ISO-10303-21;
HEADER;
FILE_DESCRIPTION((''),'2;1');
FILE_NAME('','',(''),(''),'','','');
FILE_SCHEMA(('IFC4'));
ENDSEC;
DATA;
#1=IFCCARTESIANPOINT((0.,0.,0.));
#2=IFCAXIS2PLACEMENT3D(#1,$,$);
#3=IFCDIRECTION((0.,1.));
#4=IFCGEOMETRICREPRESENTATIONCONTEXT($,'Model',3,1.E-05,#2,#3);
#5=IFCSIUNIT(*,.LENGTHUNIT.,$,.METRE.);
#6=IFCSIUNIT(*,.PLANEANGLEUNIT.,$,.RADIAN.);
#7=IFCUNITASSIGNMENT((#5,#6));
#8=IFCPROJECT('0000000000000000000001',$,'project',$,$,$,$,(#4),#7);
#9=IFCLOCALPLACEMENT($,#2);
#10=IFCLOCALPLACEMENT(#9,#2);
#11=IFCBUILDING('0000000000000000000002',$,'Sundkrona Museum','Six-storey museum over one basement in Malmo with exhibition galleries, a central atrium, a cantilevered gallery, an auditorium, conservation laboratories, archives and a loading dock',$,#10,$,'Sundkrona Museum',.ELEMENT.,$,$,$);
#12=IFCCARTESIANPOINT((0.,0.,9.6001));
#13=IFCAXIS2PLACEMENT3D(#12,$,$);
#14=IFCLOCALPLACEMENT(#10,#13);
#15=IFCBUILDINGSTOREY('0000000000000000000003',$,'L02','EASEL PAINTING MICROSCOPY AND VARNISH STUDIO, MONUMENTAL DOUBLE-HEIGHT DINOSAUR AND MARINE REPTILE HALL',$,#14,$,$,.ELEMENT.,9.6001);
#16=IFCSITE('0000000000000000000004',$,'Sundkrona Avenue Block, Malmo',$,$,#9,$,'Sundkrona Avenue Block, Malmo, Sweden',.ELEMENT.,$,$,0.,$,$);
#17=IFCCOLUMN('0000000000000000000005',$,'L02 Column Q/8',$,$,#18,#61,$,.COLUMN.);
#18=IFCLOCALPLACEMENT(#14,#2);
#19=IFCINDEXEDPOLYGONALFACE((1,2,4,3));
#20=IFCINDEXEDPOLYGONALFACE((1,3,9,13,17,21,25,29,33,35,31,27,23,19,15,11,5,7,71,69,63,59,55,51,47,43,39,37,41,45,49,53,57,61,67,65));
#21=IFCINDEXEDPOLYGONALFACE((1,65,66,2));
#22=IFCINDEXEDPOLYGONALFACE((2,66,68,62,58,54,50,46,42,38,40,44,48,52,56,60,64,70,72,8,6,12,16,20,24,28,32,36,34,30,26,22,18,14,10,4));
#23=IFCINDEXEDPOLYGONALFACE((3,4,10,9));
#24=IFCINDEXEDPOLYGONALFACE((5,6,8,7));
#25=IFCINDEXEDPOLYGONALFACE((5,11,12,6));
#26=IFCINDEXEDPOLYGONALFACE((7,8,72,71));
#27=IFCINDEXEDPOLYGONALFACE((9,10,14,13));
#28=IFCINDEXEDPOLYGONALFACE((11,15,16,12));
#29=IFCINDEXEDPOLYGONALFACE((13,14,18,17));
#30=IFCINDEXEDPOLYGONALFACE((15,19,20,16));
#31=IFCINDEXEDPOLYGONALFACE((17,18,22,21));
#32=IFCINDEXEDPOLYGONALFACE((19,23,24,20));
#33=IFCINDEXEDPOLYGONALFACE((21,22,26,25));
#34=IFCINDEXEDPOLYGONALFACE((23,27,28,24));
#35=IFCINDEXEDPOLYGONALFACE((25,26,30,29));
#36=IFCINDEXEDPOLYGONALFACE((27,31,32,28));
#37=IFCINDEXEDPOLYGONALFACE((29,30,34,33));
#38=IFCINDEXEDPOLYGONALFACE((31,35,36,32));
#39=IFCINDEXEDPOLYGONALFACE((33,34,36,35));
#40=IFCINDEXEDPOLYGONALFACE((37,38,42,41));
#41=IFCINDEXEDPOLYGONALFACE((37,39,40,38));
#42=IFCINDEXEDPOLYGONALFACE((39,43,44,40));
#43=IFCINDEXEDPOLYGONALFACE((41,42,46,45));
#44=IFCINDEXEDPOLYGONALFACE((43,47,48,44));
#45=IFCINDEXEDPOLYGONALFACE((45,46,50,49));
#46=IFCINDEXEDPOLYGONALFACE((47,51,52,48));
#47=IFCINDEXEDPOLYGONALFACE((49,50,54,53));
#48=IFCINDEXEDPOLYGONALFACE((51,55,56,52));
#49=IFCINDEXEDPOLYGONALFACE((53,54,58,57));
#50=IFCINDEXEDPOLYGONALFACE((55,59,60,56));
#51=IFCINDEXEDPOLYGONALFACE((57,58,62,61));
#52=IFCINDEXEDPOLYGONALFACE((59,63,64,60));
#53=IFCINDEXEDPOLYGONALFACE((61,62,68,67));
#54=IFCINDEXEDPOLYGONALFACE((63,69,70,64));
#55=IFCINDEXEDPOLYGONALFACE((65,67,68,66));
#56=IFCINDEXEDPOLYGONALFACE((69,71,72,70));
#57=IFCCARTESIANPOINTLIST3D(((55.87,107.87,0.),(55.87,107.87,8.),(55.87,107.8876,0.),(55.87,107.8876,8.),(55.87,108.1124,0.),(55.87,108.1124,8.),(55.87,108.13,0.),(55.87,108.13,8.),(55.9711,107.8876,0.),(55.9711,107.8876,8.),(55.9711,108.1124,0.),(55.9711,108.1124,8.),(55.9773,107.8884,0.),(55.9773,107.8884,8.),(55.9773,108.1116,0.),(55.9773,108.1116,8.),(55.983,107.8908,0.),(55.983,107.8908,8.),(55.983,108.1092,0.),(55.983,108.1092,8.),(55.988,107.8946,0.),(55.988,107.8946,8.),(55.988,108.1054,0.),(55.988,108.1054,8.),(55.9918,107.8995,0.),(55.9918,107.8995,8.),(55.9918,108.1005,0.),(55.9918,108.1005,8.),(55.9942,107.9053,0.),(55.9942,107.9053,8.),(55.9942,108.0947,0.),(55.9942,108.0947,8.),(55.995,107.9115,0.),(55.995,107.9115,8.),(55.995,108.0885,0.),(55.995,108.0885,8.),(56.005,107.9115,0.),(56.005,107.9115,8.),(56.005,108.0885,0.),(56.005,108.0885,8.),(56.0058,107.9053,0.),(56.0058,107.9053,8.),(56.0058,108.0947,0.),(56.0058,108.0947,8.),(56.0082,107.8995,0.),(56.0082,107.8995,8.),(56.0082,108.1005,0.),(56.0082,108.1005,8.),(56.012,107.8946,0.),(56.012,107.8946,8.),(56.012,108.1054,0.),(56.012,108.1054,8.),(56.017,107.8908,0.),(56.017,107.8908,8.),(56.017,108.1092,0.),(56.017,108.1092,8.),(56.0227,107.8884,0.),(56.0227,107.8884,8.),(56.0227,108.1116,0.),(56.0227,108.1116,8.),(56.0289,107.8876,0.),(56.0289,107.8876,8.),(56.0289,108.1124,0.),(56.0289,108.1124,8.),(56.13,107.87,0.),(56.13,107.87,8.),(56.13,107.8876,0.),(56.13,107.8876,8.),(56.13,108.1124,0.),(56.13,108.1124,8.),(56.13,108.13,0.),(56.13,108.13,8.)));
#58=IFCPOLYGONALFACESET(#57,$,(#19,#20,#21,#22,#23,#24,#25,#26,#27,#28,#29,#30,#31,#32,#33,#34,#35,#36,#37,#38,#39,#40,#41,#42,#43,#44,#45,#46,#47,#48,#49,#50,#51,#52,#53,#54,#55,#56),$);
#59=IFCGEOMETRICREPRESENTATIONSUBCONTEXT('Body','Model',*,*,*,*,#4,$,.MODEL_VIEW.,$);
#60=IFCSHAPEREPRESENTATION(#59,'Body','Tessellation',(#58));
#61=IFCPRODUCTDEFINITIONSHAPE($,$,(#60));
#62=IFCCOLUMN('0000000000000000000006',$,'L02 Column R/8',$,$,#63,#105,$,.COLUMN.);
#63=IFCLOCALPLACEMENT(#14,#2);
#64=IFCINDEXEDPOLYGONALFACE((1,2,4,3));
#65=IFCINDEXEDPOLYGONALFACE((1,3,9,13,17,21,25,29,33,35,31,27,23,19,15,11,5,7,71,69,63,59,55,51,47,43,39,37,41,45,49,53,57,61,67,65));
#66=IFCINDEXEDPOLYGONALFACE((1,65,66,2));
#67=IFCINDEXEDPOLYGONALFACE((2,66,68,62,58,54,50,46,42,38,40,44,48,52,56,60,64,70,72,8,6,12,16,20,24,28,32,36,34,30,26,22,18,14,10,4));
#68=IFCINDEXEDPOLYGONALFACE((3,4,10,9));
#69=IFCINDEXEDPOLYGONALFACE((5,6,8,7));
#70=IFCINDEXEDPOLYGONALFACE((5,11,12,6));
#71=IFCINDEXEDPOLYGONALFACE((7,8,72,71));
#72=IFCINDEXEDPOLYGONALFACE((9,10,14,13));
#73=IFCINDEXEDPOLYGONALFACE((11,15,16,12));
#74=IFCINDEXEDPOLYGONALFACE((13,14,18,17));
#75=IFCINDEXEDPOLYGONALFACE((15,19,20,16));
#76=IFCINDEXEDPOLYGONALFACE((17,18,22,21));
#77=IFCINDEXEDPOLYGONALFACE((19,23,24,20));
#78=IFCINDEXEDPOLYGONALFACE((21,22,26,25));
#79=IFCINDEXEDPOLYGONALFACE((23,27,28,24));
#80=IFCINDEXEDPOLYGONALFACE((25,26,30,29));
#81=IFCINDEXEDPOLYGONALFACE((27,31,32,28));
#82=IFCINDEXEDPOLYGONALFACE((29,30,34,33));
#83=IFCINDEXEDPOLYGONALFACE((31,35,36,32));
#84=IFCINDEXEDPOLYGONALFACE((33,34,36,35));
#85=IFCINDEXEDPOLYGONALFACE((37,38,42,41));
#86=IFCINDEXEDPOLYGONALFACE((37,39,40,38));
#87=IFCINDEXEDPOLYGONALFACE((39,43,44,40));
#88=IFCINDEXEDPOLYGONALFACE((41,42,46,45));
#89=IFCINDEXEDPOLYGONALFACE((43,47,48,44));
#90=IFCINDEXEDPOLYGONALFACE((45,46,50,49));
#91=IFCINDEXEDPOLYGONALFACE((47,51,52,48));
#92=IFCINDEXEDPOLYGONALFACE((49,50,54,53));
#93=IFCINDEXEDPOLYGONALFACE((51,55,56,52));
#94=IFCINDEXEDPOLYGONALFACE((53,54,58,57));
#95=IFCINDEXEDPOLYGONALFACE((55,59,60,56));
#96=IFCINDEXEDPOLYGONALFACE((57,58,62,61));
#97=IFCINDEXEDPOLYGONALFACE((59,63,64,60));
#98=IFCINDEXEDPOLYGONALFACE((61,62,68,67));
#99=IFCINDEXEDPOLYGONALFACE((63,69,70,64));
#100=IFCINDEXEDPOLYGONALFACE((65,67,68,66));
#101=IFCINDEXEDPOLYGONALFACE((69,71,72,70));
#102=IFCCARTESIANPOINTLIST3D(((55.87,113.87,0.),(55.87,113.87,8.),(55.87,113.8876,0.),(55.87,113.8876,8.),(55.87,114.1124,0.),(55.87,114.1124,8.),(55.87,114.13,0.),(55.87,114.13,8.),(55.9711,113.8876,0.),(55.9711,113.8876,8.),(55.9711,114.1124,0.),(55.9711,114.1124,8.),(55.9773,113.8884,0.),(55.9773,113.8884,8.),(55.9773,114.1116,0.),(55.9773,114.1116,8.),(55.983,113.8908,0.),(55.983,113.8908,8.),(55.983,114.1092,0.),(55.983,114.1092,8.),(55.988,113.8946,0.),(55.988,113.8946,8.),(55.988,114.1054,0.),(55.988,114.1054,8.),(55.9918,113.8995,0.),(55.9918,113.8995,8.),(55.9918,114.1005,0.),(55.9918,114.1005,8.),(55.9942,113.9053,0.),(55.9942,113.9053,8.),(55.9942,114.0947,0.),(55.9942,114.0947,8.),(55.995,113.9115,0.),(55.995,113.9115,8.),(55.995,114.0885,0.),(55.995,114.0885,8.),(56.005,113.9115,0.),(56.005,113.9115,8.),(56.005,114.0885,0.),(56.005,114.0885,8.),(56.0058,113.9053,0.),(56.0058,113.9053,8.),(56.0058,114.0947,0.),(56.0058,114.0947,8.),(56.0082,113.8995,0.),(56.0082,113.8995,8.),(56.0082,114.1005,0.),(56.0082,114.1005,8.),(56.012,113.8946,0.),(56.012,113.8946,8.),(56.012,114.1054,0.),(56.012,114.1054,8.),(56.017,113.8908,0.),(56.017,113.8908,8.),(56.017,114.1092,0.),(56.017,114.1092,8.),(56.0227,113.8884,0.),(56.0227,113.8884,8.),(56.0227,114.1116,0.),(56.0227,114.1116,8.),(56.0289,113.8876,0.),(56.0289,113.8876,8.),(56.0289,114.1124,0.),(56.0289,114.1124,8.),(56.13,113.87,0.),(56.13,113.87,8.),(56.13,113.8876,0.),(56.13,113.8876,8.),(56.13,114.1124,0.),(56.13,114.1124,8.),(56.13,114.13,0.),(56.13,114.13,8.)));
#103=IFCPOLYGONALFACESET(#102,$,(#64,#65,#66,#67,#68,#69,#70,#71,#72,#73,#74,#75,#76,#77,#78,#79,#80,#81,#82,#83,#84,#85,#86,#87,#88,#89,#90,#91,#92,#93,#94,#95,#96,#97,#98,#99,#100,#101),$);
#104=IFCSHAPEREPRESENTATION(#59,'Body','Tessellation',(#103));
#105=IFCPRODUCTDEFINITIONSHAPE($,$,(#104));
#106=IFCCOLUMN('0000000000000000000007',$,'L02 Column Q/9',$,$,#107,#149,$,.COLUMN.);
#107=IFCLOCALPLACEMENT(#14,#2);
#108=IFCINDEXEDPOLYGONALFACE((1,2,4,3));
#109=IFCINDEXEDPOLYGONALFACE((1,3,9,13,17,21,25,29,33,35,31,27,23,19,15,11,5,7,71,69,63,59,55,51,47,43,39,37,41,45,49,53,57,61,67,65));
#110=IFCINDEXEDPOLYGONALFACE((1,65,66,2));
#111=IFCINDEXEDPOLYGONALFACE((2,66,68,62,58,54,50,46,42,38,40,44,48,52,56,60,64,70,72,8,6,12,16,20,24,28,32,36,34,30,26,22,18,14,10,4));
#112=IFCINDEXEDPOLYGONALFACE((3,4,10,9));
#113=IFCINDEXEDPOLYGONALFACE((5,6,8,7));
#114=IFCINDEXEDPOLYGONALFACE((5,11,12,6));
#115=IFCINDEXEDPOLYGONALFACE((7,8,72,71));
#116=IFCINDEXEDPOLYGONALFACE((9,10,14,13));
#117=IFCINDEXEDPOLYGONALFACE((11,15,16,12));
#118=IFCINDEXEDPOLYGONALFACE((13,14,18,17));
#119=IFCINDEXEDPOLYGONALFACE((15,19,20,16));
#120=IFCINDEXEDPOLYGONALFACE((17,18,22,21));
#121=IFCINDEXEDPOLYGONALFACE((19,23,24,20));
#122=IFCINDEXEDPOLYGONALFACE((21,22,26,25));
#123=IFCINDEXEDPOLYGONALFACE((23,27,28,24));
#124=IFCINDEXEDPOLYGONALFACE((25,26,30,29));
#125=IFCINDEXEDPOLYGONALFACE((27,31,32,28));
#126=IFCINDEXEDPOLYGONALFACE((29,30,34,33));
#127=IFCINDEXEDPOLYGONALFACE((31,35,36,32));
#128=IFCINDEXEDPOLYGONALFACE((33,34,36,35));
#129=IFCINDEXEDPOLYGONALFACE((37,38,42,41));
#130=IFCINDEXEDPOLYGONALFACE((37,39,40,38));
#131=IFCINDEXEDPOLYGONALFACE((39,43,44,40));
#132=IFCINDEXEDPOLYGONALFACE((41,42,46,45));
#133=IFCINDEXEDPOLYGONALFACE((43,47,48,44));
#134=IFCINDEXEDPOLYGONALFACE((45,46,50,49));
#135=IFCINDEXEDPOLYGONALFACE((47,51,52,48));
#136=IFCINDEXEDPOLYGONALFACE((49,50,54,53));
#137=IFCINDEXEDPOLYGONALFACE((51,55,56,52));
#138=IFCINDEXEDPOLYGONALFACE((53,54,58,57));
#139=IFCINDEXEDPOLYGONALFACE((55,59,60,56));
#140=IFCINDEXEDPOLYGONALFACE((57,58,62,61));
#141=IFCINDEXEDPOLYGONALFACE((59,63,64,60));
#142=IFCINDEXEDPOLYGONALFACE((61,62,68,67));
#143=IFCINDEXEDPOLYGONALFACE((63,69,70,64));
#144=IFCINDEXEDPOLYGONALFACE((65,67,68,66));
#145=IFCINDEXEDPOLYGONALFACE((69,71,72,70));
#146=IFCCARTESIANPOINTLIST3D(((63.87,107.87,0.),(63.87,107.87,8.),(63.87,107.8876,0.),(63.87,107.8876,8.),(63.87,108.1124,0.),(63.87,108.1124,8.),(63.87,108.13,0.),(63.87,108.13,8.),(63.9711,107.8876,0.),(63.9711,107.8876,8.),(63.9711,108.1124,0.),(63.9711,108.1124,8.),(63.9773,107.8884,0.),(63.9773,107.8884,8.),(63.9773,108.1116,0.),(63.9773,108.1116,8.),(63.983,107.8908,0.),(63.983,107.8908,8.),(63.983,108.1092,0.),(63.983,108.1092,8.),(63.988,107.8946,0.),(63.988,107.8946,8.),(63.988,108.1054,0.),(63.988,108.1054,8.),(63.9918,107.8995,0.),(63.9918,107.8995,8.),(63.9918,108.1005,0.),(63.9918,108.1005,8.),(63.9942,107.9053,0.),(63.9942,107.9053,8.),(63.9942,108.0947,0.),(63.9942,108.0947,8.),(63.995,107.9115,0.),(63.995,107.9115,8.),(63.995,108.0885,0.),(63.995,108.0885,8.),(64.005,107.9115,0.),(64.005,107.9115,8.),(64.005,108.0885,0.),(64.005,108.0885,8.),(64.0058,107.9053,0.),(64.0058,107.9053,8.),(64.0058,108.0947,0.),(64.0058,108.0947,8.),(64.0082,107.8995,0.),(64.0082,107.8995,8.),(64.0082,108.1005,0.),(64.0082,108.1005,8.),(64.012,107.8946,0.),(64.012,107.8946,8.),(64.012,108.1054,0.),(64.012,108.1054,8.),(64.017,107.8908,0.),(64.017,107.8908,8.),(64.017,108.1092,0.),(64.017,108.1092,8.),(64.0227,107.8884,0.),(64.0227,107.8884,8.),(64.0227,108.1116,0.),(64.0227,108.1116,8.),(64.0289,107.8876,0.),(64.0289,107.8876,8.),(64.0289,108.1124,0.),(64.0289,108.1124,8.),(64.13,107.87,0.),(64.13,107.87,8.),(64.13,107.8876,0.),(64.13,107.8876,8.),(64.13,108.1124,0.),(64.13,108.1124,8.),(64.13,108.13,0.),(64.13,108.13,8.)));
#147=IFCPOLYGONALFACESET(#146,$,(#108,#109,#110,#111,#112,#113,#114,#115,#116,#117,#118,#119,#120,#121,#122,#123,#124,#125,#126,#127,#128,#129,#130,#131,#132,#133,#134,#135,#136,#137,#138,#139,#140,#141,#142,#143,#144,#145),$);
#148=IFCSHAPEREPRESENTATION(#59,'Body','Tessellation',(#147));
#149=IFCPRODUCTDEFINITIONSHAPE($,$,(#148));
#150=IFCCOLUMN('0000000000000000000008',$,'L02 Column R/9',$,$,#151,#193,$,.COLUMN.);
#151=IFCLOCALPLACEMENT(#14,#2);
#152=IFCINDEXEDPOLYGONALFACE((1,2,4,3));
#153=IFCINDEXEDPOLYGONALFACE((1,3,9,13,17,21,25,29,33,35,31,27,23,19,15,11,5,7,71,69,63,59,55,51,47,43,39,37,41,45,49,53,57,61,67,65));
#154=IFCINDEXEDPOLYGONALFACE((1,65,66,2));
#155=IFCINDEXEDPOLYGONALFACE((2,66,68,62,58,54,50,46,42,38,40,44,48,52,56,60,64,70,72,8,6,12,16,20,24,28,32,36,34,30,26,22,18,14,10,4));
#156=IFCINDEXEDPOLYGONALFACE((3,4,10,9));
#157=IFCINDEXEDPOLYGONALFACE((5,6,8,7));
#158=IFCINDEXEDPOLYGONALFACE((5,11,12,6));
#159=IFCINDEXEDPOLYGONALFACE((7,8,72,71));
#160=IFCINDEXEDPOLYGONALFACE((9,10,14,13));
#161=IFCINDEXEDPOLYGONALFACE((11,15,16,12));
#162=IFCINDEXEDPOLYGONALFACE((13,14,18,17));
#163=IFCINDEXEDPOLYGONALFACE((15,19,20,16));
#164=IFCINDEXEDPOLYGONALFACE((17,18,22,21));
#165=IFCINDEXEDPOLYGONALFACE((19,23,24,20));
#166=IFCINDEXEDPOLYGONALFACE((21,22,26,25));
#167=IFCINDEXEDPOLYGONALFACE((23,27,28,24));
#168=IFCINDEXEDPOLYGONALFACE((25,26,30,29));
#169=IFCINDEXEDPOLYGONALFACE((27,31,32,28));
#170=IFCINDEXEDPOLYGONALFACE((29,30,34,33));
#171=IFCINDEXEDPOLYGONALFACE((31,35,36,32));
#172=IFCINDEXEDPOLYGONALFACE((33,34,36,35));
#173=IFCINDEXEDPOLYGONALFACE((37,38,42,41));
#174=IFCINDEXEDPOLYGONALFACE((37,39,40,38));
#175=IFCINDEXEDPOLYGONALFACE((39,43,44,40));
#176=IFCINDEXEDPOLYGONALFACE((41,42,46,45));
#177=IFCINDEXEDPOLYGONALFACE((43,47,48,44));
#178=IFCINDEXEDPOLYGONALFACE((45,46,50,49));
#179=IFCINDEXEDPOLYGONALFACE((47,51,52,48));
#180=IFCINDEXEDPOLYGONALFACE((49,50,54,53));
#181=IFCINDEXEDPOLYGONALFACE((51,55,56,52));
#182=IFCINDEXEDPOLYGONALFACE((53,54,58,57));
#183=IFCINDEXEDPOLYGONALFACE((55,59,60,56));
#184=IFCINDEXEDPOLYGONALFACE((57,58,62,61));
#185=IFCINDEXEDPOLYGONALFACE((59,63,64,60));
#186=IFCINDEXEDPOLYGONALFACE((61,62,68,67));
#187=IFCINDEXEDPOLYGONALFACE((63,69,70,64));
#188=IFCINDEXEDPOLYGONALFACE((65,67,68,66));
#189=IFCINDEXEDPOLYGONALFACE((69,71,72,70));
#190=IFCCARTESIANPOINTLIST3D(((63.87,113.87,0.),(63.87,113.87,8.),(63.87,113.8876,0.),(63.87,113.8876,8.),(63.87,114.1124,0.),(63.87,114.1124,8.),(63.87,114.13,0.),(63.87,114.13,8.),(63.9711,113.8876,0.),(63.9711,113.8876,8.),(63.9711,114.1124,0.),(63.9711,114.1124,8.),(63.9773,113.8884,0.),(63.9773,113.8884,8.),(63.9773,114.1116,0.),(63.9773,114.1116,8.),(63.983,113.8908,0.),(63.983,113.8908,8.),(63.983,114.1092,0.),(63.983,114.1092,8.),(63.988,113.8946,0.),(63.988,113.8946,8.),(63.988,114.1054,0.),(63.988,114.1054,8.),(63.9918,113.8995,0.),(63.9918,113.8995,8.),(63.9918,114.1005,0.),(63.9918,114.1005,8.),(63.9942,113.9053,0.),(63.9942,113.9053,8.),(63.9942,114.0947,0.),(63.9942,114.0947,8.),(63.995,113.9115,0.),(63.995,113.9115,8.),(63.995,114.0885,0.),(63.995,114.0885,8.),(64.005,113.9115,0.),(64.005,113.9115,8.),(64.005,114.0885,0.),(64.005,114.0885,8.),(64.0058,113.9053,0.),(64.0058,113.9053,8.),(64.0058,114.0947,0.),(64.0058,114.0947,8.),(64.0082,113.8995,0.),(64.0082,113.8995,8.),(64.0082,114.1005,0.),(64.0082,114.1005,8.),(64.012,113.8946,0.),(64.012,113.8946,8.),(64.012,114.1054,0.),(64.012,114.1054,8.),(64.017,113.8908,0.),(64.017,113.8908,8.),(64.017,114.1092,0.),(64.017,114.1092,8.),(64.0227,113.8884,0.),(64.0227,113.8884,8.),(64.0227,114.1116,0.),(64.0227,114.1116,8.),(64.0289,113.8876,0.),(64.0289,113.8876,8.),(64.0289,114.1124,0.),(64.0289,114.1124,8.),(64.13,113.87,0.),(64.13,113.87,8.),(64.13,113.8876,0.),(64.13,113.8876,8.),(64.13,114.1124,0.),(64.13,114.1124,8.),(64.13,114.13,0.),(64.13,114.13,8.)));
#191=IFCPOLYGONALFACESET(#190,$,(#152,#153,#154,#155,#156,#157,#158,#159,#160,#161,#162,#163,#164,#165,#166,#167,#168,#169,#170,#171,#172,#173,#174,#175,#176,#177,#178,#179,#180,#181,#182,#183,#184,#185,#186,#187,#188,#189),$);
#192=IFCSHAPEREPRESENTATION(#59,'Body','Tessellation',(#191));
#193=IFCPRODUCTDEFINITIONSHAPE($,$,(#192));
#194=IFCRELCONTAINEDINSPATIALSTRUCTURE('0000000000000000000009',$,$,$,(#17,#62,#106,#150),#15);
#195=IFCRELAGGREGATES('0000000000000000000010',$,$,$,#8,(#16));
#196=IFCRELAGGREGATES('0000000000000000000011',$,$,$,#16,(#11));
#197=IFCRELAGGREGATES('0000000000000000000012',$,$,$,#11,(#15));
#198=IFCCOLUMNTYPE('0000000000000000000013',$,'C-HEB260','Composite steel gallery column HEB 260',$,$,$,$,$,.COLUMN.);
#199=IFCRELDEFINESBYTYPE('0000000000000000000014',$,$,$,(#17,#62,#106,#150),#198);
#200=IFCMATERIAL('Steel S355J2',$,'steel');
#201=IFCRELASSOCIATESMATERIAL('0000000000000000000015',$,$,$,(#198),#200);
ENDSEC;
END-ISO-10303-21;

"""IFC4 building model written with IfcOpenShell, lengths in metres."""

from ifc_helpers import new_model, si_unit, direction, frame, origin, origin_2d, place, context, subcontext, project, spatial, i_section, extrude, material, material_profile, profile_set, type_object, element, save


model = new_model("IFC4")

# Units and contexts
model_context = context("Model", 3, precision=1e-05, world=origin(), true_north=direction((0.0, 1.0)))
body_context = subcontext(model_context, "Body", "Model", "MODEL_VIEW")
ifc_project = project(units=[si_unit("LENGTHUNIT", "METRE"), si_unit("PLANEANGLEUNIT", "RADIAN")], contexts=[model_context])

# Site, building, storey
site_placement = place(None, origin())
site = spatial("IfcSite", under=ifc_project, at=site_placement, Name="Sundkrona Avenue Block, Malmo", LongName="Sundkrona Avenue Block, Malmo, Sweden", CompositionType="ELEMENT", RefElevation=0.0)
building_placement = place(site_placement, origin())
building = spatial("IfcBuilding", under=site, at=building_placement, Name="Sundkrona Museum", Description="Six-storey museum over one basement in Malmo with exhibition galleries, a central atrium, a cantilevered gallery, an auditorium, conservation laboratories, archives and a loading dock", LongName="Sundkrona Museum", CompositionType="ELEMENT")
storey_placement = place(building_placement, frame((0.0, 0.0, 9.6001)))
storey = spatial("IfcBuildingStorey", under=building, at=storey_placement, Name="L02", Description="EASEL PAINTING MICROSCOPY AND VARNISH STUDIO, MONUMENTAL DOUBLE-HEIGHT DINOSAUR AND MARINE REPTILE HALL", CompositionType="ELEMENT", Elevation=9.6001)

# Columns
ifc_material_1 = material(Name="Steel S355J2", Category="steel")
ifc_material_profile_1 = material_profile(ifc_material_1, i_section(OverallWidth=0.26, OverallDepth=0.26, WebThickness=0.01, FlangeThickness=0.0176, FilletRadius=0.0239, at=origin_2d()), Name="HEB 260")
ifc_profile_set_1 = profile_set([ifc_material_profile_1], Name="Steel S355J2")
column_type = type_object("IfcColumnType", Name="C-HEB260", Description="Composite steel gallery column HEB 260", PredefinedType="COLUMN", material=ifc_profile_set_1)
for number, where, z_axis, x_axis, name in (
    (1, (56.0, 108.0, 0.0), (0.0, 0.0, 1.0), (1.0, 0.0, 0.0), "L02 Column Q/8"),
    (2, (56.0, 114.0, 0.0), (0.0, 0.0, 1.0), (1.0, 0.0, 0.0), "L02 Column R/8"),
    (3, (64.0, 108.0, 0.0), (0.0, 0.0, 1.0), (1.0, 0.0, 0.0), "L02 Column Q/9"),
    (4, (64.0, 114.0, 0.0), (0.0, 0.0, 1.0), (1.0, 0.0, 0.0), "L02 Column R/9"),
):
    element("IfcColumn", number, at=place(storey_placement, frame(where, z_axis=z_axis, x_axis=x_axis)), inside=storey, type_object=column_type, Name=name, PredefinedType="COLUMN", context=body_context, shape_type="SweptSolid", body=[
        extrude(i_section(OverallWidth=0.26, OverallDepth=0.26, WebThickness=0.01, FlangeThickness=0.0176, FilletRadius=0.0239, at=origin_2d()), origin(), (0.0, 0.0, 1.0), 8.0),
    ])

save(model, "model.ifc")
